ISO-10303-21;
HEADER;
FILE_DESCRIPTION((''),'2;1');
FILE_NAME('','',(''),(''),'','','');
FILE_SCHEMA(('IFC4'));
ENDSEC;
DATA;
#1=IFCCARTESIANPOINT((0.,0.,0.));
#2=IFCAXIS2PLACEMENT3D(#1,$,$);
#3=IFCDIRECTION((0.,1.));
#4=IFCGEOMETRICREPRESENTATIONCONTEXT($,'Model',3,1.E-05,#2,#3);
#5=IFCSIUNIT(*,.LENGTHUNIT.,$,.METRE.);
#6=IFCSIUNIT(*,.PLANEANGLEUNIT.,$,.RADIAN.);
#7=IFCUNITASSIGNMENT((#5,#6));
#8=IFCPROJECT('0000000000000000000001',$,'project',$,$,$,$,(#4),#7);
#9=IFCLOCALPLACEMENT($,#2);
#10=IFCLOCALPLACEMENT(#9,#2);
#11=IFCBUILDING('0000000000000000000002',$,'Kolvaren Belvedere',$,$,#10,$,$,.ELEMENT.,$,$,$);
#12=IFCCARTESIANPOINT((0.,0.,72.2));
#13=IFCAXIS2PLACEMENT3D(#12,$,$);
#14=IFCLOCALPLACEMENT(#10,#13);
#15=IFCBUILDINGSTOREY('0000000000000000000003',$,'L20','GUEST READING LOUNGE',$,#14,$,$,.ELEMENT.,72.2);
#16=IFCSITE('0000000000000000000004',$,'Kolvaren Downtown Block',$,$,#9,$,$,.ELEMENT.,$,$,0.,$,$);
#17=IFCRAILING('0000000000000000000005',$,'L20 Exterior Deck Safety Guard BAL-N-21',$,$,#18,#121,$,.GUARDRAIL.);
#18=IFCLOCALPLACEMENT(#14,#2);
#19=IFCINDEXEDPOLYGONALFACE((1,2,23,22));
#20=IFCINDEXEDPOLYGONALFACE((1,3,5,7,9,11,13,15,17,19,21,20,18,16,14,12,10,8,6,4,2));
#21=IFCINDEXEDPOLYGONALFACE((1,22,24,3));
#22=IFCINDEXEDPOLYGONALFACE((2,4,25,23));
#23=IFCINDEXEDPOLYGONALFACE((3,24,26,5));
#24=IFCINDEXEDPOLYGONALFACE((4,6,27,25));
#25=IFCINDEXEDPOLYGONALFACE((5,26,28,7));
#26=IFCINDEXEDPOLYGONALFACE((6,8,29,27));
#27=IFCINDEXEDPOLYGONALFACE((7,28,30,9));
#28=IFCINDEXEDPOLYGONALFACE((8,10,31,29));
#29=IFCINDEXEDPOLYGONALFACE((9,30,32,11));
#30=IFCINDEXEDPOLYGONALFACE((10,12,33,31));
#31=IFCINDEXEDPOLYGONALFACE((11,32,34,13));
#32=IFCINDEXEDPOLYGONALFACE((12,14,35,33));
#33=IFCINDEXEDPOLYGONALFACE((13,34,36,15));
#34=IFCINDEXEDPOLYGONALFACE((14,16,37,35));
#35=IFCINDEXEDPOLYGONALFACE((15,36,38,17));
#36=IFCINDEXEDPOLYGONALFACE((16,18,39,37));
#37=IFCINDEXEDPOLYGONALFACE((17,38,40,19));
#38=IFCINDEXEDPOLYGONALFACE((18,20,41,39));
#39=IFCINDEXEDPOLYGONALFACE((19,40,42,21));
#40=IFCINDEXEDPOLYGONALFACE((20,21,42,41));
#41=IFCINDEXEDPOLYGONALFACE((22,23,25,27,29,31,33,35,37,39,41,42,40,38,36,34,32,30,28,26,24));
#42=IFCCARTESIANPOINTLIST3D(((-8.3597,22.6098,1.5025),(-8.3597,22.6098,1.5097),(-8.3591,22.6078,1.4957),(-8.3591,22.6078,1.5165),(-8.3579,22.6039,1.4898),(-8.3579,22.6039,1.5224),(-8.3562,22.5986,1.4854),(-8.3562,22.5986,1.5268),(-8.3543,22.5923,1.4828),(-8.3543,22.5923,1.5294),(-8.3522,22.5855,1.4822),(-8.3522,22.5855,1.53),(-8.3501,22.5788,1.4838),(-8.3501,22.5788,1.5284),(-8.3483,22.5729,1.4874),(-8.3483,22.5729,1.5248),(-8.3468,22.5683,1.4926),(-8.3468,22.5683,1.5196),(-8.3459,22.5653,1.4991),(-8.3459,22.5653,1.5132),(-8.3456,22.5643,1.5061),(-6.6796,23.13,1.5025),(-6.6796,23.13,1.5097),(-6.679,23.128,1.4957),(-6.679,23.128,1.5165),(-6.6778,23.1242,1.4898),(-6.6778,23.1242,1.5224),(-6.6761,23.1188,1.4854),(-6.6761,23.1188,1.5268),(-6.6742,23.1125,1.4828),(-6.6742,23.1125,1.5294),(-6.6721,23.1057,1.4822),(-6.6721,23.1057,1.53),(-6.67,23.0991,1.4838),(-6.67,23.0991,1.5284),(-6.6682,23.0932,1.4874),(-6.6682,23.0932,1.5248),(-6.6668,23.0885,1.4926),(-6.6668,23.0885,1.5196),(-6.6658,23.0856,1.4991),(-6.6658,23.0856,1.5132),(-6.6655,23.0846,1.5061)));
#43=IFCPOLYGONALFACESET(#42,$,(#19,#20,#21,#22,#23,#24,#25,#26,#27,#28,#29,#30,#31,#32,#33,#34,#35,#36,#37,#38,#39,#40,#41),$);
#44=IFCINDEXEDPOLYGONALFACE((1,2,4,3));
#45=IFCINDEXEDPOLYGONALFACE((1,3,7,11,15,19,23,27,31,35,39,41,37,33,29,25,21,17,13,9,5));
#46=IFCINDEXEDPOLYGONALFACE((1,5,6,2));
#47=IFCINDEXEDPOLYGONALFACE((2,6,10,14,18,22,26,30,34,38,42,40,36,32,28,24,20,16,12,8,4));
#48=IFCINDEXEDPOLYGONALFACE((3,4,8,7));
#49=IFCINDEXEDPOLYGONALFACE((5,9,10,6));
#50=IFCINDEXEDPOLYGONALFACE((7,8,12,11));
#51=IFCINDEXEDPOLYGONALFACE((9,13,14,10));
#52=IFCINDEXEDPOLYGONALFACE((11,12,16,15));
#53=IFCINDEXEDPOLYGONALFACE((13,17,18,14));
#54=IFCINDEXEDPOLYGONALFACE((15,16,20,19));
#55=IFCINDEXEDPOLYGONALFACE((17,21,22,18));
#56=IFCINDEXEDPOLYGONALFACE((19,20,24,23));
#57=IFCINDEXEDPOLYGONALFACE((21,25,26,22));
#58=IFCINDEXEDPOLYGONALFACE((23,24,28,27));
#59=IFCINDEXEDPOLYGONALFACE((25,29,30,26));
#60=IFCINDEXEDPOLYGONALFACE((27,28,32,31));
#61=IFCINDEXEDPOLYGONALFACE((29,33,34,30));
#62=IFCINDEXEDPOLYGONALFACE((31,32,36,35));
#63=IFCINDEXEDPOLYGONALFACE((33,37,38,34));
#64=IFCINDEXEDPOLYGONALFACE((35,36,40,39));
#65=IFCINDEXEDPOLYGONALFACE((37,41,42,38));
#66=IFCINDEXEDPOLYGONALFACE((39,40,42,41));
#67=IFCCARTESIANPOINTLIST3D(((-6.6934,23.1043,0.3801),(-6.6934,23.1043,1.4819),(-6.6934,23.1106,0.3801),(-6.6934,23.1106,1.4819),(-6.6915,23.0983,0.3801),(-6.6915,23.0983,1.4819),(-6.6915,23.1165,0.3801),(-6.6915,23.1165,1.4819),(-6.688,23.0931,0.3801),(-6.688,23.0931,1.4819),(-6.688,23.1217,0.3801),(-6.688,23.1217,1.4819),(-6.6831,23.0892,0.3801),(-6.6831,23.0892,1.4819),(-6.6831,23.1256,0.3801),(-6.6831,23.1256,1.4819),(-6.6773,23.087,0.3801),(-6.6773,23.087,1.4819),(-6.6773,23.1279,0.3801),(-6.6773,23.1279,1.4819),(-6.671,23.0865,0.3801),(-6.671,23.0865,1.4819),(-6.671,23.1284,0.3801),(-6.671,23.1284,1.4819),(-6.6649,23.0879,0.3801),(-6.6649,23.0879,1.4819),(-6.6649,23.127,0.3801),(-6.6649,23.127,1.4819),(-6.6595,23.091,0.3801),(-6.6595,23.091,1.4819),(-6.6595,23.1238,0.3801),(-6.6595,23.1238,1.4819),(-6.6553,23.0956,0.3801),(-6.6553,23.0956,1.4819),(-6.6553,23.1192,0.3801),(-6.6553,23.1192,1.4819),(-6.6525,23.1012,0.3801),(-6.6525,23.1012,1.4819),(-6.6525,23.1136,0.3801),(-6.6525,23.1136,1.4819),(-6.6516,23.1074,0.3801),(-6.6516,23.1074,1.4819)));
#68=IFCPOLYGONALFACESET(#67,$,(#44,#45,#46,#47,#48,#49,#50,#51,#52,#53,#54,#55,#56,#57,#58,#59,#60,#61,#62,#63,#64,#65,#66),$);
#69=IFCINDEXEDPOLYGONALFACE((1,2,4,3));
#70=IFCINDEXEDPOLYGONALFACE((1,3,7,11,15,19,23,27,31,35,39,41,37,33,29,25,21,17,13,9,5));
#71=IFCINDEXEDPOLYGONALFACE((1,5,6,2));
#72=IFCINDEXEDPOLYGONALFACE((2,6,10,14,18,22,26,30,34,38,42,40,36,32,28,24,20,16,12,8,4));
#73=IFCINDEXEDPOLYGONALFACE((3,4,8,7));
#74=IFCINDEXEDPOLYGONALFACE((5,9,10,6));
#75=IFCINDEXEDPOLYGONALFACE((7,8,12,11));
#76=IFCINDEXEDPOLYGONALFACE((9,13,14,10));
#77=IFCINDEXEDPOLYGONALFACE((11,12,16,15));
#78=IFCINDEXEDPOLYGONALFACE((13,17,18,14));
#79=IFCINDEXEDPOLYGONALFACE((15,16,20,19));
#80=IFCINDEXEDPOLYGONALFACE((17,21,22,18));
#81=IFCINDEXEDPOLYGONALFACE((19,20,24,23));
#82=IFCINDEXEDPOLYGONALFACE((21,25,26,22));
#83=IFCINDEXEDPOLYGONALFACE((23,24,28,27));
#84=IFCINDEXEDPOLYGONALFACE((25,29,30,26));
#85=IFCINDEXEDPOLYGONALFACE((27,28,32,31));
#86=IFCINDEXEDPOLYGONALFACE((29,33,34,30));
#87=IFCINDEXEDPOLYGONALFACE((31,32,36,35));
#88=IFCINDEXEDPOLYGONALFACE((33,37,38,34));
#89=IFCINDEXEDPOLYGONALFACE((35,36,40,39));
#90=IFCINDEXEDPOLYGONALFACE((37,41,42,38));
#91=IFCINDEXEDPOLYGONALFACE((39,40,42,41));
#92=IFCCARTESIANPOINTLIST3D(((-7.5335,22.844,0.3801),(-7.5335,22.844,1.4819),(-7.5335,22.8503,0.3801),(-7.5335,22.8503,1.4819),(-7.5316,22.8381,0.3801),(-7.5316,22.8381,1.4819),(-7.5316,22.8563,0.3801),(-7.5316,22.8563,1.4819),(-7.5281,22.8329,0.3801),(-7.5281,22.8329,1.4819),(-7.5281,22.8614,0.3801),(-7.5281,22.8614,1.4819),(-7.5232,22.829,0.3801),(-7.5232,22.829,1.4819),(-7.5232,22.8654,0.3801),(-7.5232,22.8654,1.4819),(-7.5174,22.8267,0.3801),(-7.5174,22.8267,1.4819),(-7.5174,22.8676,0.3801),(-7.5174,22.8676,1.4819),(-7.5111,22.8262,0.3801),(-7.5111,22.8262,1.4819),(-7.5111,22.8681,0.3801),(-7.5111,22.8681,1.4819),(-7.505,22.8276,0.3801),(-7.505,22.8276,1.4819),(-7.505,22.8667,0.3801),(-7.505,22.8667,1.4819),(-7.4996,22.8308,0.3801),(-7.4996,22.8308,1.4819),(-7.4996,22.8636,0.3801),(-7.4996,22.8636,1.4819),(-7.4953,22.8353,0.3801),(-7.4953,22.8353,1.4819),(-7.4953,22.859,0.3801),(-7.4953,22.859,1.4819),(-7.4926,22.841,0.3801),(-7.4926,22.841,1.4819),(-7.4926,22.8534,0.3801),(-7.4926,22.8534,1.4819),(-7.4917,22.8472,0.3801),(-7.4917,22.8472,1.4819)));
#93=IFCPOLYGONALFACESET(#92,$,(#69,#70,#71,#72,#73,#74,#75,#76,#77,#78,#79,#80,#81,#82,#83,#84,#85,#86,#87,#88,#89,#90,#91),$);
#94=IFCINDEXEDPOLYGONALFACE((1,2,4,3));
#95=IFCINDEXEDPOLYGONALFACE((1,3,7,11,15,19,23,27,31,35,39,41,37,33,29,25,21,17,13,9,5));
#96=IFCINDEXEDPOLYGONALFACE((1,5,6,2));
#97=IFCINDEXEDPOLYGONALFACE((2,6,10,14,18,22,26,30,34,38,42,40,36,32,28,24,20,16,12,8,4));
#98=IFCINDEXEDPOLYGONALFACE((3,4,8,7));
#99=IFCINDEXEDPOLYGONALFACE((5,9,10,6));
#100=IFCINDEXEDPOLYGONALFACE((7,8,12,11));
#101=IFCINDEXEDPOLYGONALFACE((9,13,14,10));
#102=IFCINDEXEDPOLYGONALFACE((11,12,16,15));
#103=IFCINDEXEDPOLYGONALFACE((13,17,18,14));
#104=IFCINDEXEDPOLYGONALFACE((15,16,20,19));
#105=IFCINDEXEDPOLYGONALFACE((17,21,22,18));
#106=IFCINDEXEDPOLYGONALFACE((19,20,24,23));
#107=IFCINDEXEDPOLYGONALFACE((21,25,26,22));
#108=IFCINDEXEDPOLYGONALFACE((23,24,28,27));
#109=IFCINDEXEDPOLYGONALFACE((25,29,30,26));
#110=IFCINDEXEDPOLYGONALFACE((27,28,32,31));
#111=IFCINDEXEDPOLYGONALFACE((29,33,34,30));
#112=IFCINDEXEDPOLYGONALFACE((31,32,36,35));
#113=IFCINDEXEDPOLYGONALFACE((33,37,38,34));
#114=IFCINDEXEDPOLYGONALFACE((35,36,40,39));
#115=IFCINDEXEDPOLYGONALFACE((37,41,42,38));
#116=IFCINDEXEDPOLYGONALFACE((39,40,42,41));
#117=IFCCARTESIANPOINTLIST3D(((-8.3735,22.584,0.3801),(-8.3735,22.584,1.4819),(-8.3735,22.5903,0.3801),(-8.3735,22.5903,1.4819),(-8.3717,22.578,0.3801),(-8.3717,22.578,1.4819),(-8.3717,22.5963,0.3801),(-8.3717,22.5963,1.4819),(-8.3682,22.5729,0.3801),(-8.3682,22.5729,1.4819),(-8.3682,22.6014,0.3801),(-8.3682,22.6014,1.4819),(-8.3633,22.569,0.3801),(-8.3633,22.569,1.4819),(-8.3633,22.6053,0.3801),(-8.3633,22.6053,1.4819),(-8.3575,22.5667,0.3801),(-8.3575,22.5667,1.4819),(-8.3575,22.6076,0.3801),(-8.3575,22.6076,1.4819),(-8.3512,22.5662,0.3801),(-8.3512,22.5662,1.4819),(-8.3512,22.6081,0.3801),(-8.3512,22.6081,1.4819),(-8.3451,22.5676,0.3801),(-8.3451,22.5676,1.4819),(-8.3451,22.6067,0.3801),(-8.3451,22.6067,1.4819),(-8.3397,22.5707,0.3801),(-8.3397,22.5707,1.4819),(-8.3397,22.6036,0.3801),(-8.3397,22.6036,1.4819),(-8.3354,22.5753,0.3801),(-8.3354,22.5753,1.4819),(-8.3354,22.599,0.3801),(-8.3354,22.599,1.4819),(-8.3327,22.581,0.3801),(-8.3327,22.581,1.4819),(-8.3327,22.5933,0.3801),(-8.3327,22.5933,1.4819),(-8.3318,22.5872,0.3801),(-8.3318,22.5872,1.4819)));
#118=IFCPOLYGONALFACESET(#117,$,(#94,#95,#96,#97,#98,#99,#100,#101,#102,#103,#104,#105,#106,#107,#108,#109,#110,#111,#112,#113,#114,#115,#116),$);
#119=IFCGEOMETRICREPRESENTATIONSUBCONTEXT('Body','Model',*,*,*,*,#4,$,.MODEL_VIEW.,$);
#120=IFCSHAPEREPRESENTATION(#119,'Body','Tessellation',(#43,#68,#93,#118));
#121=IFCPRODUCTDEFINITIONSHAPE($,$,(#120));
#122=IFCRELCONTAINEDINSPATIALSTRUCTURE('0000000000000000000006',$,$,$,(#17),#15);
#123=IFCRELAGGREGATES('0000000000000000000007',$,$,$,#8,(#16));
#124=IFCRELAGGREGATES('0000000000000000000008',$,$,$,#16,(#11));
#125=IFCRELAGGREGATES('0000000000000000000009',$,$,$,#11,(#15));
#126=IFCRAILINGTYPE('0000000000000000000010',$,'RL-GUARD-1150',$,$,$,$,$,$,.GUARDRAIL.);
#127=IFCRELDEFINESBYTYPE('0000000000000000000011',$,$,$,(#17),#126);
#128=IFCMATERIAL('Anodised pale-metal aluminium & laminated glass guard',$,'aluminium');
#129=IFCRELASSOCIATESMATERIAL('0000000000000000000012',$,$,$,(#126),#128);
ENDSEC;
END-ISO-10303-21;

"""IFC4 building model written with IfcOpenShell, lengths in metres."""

from ifc_helpers import new_model, si_unit, direction, frame, origin, origin_2d, place, context, subcontext, project, spatial, circle, extrude, material, type_object, element, save


model = new_model("IFC4")

# Units and contexts
model_context = context("Model", 3, precision=1e-05, world=origin(), true_north=direction((0.0, 1.0)))
body_context = subcontext(model_context, "Body", "Model", "MODEL_VIEW")
ifc_project = project(units=[si_unit("LENGTHUNIT", "METRE"), si_unit("PLANEANGLEUNIT", "RADIAN")], contexts=[model_context])

# Site, building, storey
site_placement = place(None, origin())
site = spatial("IfcSite", under=ifc_project, at=site_placement, Name="Kolvaren Downtown Block", CompositionType="ELEMENT", RefElevation=0.0)
building_placement = place(site_placement, origin())
building = spatial("IfcBuilding", under=site, at=building_placement, Name="Kolvaren Belvedere", CompositionType="ELEMENT")
storey_placement = place(building_placement, frame((0.0, 0.0, 72.2)))
storey = spatial("IfcBuildingStorey", under=building, at=storey_placement, Name="L20", Description="GUEST READING LOUNGE", CompositionType="ELEMENT", Elevation=72.2)

# Railing
ifc_material_1 = material(Name="Anodised pale-metal aluminium & laminated glass guard", Category="aluminium")
railing_type = type_object("IfcRailingType", Name="RL-GUARD-1150", PredefinedType="GUARDRAIL", material=ifc_material_1)
railing_1_placement = place(storey_placement, frame((-6.6726, 23.1074, 0.3801)))
element("IfcRailing", 1, at=railing_1_placement, inside=storey, type_object=railing_type, Name="L20 Exterior Deck Safety Guard BAL-N-21", PredefinedType="GUARDRAIL", context=body_context, shape_type="SweptSolid", body=[
    extrude(circle(Radius=0.0239, at=origin_2d()), frame((0.0, 0.0, 1.126), z_axis=(-0.955252, -0.295792, 0.0), x_axis=(0.295792, -0.955252, 0.0)), (0.0, 0.0, 1.0), 1.7588),
    extrude(circle(Radius=0.021, at=origin_2d()), origin(), (0.0, 0.0, 1.0), 1.1018),
    extrude(circle(Radius=0.021, at=origin_2d()), frame((-0.8401, -0.2603, 0.0)), (0.0, 0.0, 1.0), 1.1018),
    extrude(circle(Radius=0.021, at=origin_2d()), frame((-1.6802, -0.5203, 0.0)), (0.0, 0.0, 1.0), 1.1018),
])

save(model, "model.ifc")
